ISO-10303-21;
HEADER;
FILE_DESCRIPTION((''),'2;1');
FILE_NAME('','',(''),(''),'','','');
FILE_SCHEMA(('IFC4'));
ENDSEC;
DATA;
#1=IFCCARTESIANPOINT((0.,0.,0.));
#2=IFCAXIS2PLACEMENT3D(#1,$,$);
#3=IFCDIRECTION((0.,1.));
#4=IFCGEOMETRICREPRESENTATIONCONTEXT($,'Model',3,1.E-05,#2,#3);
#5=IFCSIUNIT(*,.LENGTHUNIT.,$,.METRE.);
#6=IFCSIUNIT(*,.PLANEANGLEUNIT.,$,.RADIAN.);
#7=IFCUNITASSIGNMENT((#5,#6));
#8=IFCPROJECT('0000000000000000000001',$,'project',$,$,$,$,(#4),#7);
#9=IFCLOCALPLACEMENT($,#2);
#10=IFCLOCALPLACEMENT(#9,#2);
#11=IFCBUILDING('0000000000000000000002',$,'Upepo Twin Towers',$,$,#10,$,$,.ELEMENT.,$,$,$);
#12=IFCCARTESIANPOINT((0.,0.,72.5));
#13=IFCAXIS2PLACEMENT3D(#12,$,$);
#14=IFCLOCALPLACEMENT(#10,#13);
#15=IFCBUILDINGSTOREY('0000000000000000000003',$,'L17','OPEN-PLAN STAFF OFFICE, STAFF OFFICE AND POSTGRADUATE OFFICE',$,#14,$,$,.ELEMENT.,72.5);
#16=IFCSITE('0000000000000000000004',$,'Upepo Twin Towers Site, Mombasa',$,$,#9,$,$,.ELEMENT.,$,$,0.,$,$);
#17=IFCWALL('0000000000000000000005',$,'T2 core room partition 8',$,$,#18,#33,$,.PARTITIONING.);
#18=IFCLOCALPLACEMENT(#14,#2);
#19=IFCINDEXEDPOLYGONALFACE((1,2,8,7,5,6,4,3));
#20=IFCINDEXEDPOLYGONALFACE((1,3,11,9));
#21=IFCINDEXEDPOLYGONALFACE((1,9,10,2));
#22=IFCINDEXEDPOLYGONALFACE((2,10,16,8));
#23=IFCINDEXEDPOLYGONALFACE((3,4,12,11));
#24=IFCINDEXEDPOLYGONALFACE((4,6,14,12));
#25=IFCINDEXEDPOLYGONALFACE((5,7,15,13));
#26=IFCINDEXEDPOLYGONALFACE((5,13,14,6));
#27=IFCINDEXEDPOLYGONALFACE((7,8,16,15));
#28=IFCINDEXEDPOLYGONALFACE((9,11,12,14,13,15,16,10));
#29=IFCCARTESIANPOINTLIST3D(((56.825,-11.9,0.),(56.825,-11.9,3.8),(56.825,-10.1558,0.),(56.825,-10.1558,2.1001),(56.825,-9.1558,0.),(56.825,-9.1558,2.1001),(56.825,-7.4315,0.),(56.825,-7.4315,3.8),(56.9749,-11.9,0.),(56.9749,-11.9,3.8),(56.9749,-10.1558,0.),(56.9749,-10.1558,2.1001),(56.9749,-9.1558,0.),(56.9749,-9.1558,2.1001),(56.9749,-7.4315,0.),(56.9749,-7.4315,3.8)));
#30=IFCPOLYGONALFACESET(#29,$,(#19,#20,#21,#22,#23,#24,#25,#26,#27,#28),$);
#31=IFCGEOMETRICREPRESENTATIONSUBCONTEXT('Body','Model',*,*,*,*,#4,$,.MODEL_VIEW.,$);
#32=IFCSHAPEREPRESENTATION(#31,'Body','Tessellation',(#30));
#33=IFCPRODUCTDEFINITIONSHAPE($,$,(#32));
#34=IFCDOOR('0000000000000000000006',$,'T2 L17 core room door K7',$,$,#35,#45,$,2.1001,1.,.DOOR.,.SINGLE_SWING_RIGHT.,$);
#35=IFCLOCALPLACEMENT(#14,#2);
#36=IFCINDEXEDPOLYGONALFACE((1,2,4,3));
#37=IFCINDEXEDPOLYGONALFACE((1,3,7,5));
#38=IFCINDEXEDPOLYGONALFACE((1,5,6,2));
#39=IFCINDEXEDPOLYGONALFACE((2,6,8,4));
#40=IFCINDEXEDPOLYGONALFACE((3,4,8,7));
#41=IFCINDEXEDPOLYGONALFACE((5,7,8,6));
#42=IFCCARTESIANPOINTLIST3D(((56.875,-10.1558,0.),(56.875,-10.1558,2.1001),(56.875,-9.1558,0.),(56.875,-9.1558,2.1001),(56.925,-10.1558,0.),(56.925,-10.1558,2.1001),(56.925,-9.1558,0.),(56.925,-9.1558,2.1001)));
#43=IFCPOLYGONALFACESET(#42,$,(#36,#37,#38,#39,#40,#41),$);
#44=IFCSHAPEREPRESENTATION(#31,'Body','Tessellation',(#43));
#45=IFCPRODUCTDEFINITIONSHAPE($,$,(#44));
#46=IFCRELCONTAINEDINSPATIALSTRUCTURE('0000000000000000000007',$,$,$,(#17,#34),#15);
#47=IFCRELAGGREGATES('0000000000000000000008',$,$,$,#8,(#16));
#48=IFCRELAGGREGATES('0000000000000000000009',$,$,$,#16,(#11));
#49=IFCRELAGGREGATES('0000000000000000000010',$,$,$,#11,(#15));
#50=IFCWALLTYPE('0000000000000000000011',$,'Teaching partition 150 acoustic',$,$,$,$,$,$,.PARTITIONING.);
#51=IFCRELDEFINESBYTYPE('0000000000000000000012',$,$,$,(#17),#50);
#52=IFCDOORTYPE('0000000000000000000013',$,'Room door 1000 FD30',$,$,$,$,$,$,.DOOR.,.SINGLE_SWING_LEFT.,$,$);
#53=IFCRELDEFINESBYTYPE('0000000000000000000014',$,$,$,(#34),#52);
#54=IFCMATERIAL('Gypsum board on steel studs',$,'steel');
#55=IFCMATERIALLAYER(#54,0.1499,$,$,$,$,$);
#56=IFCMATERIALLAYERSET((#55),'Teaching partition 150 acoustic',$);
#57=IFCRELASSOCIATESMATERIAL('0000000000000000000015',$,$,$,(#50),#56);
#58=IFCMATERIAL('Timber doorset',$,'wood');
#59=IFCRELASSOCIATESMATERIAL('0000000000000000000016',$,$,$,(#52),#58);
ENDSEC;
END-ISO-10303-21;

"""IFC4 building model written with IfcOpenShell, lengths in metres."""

from ifc_helpers import new_model, si_unit, direction, frame, frame_2d, origin, place, context, subcontext, project, spatial, rectangle, extrude, material, layer, layer_set, type_object, element, fill, save


model = new_model("IFC4")

# Units and contexts
model_context = context("Model", 3, precision=1e-05, world=origin(), true_north=direction((0.0, 1.0)))
body_context = subcontext(model_context, "Body", "Model", "MODEL_VIEW")
ifc_project = project(units=[si_unit("LENGTHUNIT", "METRE"), si_unit("PLANEANGLEUNIT", "RADIAN")], contexts=[model_context])

# Site, building, storey
site_placement = place(None, origin())
site = spatial("IfcSite", under=ifc_project, at=site_placement, Name="Upepo Twin Towers Site, Mombasa", CompositionType="ELEMENT", RefElevation=0.0)
building_placement = place(site_placement, origin())
building = spatial("IfcBuilding", under=site, at=building_placement, Name="Upepo Twin Towers", CompositionType="ELEMENT")
storey_placement = place(building_placement, frame((0.0, 0.0, 72.5)))
storey = spatial("IfcBuildingStorey", under=building, at=storey_placement, Name="L17", Description="OPEN-PLAN STAFF OFFICE, STAFF OFFICE AND POSTGRADUATE OFFICE", CompositionType="ELEMENT", Elevation=72.5)

# Shared definitions
ifc_material_1 = material(Name="Gypsum board on steel studs", Category="steel")
ifc_layer_1 = layer(ifc_material_1, 0.1499)
ifc_layer_set_1 = layer_set([ifc_layer_1], Name="Teaching partition 150 acoustic")
wall_type_1 = type_object("IfcWallType", Name="Teaching partition 150 acoustic", PredefinedType="PARTITIONING", material=ifc_layer_set_1)

# Wall, opening, door
wall_1_placement = place(storey_placement, frame((56.8999, -11.9001, 0.0), z_axis=(0.0, 0.0, 1.0), x_axis=(0.0, 1.0, 0.0)))
wall_1 = element("IfcWall", 1, at=wall_1_placement, inside=storey, type_object=wall_type_1, Name="T2 core room partition 8", PredefinedType="PARTITIONING", context=body_context, shape_type="SweptSolid", body=[
    extrude(rectangle(XDim=4.4685, YDim=0.1499, at=frame_2d((2.2344, 0.0))), origin(), (0.0, 0.0, 1.0), 3.8),
])
opening_1_placement = place(wall_1_placement, frame((1.7444, 0.0, 0.0)))
opening_1 = element("IfcOpeningElement", 2, at=opening_1_placement, cuts=wall_1, PredefinedType="OPENING", context=body_context, shape_type="SweptSolid", body=[
    extrude(rectangle(XDim=1.0, YDim=2.1001, at=frame_2d((0.5, 1.05))), frame((0.0, 0.085, 0.0), z_axis=(0.0, -1.0, 0.0), x_axis=(1.0, 0.0, 0.0)), (0.0, 0.0, 1.0), 0.1699),
])
ifc_material_2 = material(Name="Timber doorset", Category="wood")
door_type_1 = type_object("IfcDoorType", Name="Room door 1000 FD30", OperationType="SINGLE_SWING_LEFT", PredefinedType="DOOR", material=ifc_material_2)
door_1_placement = place(opening_1_placement, origin())
door_1 = element("IfcDoor", 3, at=door_1_placement, inside=storey, type_object=door_type_1, Name="T2 L17 core room door K7", OperationType="SINGLE_SWING_RIGHT", OverallHeight=2.1001, OverallWidth=1.0, PredefinedType="DOOR", context=body_context, shape_type="SweptSolid", body=[
    extrude(rectangle(XDim=1.0, YDim=2.1001, at=frame_2d((0.5, 1.05))), frame((0.0, 0.0249, 0.0), z_axis=(0.0, -1.0, 0.0), x_axis=(1.0, 0.0, 0.0)), (0.0, 0.0, 1.0), 0.05),
])
fill(opening_1, door_1)

save(model, "model.ifc")
